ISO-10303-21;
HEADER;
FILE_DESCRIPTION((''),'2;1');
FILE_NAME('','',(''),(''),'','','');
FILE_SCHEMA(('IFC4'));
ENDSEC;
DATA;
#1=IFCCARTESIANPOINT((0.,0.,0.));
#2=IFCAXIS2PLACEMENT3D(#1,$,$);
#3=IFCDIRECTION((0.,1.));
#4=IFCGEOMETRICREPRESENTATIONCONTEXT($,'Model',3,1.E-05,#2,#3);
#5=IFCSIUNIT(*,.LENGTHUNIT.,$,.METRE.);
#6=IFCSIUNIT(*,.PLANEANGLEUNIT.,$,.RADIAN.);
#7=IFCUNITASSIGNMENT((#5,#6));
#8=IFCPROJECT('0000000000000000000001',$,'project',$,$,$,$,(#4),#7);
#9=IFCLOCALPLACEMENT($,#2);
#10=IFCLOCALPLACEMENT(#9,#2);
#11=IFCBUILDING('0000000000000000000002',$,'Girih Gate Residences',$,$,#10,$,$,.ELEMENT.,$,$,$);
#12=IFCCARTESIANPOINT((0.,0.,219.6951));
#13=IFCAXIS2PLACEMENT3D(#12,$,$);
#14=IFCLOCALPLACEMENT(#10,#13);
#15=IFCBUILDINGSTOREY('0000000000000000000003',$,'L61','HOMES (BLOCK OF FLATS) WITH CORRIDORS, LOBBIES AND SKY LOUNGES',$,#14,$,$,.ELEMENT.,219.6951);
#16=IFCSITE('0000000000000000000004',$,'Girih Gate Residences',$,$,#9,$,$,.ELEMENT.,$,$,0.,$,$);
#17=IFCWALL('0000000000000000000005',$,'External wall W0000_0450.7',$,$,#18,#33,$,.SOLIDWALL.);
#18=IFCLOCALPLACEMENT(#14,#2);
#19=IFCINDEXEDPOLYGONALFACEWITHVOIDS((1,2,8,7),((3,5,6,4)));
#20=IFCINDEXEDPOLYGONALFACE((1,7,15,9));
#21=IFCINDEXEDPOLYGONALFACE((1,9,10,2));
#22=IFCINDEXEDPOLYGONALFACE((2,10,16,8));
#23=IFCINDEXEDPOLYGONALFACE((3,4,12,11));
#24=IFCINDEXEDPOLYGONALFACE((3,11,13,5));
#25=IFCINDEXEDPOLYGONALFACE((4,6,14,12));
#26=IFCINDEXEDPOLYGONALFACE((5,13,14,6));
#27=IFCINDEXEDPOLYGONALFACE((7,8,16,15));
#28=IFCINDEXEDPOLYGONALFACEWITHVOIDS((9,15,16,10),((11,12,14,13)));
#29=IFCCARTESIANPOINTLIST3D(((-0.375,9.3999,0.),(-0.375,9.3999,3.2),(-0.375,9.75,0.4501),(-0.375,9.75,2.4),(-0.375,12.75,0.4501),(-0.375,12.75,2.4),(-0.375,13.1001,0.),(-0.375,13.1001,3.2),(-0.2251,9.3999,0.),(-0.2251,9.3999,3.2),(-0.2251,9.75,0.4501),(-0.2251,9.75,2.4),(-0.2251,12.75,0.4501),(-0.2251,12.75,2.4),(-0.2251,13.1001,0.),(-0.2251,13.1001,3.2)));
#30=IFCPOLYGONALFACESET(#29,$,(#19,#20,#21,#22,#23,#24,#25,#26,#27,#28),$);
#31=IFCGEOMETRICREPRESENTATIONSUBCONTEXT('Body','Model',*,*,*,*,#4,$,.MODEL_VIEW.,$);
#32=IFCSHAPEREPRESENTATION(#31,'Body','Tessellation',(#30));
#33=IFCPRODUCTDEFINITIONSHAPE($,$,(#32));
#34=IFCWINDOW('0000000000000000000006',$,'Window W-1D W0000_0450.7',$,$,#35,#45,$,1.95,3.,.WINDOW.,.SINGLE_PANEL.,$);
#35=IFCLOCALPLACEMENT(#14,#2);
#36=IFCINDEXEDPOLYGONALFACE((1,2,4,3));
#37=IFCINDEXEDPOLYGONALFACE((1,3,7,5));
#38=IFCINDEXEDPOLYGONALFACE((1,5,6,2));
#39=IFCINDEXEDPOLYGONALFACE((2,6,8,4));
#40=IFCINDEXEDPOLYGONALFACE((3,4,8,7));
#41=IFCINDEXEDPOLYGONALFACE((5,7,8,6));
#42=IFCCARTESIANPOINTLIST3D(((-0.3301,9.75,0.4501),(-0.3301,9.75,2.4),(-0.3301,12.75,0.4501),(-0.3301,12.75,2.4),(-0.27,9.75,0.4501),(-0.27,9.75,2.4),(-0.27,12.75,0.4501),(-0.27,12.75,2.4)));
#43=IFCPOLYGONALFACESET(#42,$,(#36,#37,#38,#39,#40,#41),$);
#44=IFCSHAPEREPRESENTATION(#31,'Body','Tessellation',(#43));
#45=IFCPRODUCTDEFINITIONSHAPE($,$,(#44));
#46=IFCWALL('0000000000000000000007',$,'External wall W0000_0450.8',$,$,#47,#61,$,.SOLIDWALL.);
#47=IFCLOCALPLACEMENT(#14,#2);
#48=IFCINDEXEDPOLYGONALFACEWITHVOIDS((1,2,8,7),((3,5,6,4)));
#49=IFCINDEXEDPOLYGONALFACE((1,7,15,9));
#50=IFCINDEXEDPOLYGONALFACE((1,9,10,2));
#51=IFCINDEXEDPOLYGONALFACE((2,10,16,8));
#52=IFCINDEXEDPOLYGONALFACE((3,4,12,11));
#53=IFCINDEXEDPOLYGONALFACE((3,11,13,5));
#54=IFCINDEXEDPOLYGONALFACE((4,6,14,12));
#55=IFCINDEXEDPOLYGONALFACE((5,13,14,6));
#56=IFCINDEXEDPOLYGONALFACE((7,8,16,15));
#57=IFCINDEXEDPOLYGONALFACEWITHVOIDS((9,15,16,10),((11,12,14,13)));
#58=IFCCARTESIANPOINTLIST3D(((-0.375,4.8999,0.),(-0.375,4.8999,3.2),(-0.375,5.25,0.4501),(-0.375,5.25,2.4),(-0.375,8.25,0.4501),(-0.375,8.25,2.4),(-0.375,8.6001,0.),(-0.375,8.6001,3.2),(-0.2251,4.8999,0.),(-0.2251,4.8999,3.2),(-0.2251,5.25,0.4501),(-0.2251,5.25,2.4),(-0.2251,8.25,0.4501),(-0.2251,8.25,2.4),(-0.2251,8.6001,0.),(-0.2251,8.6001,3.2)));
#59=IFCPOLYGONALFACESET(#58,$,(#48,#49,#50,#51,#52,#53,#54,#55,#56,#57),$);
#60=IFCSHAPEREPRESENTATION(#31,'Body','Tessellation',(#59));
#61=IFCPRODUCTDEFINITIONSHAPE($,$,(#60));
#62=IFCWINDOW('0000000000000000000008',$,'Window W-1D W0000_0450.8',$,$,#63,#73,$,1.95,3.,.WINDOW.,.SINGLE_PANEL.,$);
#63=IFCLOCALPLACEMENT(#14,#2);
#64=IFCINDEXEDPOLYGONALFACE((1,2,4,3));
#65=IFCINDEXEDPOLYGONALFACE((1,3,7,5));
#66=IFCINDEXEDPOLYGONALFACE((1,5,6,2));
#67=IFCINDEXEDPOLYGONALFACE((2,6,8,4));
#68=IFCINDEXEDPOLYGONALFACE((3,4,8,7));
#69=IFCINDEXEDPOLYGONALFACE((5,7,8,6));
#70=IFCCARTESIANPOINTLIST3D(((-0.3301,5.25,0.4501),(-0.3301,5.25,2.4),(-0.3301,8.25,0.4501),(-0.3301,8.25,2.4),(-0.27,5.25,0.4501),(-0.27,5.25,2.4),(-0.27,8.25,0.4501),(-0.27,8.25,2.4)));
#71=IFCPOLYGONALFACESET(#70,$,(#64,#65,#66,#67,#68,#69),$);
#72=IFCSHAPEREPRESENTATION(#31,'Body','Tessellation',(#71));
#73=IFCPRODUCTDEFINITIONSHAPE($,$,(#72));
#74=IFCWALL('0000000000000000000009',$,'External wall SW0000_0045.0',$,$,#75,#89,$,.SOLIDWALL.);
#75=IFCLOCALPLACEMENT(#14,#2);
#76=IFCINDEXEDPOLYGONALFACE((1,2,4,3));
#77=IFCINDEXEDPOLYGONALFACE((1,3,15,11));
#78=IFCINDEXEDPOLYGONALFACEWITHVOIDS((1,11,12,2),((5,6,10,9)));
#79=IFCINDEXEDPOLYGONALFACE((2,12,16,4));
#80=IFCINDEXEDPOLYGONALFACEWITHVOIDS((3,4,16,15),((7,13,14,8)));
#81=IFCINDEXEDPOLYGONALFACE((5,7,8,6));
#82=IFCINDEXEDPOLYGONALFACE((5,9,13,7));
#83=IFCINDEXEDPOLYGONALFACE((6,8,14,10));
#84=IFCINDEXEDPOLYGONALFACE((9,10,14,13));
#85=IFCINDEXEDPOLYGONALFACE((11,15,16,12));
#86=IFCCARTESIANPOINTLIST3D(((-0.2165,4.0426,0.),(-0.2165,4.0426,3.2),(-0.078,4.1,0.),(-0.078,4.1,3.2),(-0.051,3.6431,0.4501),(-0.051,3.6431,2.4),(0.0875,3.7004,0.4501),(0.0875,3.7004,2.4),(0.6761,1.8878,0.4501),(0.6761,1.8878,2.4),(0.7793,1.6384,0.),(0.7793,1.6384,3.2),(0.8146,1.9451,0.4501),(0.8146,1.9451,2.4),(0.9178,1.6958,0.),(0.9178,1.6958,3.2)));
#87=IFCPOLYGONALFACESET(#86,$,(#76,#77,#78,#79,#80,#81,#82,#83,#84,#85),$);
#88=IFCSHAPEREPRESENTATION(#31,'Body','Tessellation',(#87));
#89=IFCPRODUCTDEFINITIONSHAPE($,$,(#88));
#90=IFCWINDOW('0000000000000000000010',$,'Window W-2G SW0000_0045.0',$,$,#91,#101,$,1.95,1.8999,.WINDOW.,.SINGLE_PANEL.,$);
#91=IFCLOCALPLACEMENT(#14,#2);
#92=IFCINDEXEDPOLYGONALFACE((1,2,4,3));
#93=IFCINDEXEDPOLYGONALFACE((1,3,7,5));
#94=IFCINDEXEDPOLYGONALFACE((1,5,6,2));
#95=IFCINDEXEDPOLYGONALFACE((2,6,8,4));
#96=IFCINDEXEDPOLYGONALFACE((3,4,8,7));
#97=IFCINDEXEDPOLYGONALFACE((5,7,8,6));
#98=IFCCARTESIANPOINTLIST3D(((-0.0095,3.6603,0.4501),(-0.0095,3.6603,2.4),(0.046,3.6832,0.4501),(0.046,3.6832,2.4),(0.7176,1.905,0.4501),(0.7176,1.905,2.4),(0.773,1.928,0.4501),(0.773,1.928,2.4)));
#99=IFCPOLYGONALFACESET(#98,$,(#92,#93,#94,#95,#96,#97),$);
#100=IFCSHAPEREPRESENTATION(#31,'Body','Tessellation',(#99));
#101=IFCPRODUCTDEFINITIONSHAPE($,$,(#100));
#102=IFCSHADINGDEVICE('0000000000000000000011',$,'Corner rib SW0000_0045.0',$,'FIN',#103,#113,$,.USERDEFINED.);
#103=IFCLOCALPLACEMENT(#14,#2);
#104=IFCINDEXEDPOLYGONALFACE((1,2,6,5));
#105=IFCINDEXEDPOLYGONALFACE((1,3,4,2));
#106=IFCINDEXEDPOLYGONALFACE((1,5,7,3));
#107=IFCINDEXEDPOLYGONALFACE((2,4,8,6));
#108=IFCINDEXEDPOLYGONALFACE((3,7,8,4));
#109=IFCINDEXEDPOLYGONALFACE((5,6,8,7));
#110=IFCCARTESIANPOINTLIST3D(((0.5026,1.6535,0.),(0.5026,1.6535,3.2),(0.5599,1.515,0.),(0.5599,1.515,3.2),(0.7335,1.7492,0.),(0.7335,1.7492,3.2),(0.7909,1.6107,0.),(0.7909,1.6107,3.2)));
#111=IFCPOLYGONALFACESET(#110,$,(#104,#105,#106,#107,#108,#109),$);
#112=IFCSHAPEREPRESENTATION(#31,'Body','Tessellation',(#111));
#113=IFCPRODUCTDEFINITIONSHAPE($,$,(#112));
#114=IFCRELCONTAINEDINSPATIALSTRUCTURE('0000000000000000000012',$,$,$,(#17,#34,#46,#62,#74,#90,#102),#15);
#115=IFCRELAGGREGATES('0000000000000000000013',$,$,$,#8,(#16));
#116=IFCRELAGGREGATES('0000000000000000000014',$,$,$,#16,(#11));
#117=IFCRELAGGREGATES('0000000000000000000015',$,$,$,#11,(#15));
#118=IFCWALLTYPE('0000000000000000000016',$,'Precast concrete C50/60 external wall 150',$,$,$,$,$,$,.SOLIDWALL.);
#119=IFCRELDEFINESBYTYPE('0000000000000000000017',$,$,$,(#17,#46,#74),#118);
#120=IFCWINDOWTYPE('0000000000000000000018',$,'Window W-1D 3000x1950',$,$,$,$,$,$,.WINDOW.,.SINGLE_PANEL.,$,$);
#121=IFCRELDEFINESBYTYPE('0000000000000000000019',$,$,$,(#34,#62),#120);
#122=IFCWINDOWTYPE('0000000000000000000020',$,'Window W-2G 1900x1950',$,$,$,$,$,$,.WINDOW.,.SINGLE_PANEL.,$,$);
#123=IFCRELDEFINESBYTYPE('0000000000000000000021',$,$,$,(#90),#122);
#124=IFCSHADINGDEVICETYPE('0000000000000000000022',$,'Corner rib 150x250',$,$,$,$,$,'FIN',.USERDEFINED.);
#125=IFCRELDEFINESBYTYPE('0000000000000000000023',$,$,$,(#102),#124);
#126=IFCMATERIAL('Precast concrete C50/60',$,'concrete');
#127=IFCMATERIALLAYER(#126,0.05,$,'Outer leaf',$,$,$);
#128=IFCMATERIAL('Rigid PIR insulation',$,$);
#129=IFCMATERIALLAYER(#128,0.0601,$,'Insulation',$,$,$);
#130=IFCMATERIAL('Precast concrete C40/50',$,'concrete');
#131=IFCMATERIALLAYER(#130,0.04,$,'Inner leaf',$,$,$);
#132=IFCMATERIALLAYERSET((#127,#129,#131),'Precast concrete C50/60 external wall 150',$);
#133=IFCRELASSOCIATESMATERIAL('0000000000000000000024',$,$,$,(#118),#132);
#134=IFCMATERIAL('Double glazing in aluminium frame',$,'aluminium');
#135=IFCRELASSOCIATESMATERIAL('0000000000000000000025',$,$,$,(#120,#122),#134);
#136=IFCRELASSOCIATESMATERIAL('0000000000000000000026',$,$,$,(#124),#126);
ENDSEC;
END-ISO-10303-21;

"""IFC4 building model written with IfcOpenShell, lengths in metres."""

from ifc_helpers import new_model, si_unit, direction, frame, frame_2d, origin, origin_2d, place, context, subcontext, project, spatial, rectangle, extrude, material, layer, layer_set, type_object, element, fill, save


model = new_model("IFC4")

# Units and contexts
model_context = context("Model", 3, precision=1e-05, world=origin(), true_north=direction((0.0, 1.0)))
body_context = subcontext(model_context, "Body", "Model", "MODEL_VIEW")
ifc_project = project(units=[si_unit("LENGTHUNIT", "METRE"), si_unit("PLANEANGLEUNIT", "RADIAN")], contexts=[model_context])

# Site, building, storey
site_placement = place(None, origin())
site = spatial("IfcSite", under=ifc_project, at=site_placement, Name="Girih Gate Residences", CompositionType="ELEMENT", RefElevation=0.0)
building_placement = place(site_placement, origin())
building = spatial("IfcBuilding", under=site, at=building_placement, Name="Girih Gate Residences", CompositionType="ELEMENT")
storey_placement = place(building_placement, frame((0.0, 0.0, 219.6951)))
storey = spatial("IfcBuildingStorey", under=building, at=storey_placement, Name="L61", Description="HOMES (BLOCK OF FLATS) WITH CORRIDORS, LOBBIES AND SKY LOUNGES", CompositionType="ELEMENT", Elevation=219.6951)

# Walls, openings, windows
ifc_material_1 = material(Name="Precast concrete C50/60", Category="concrete")
ifc_layer_1 = layer(ifc_material_1, 0.05, Name="Outer leaf")
ifc_material_2 = material(Name="Rigid PIR insulation")
ifc_layer_2 = layer(ifc_material_2, 0.0601, Name="Insulation")
ifc_material_3 = material(Name="Precast concrete C40/50", Category="concrete")
ifc_layer_3 = layer(ifc_material_3, 0.04, Name="Inner leaf")
ifc_layer_set_1 = layer_set([ifc_layer_1, ifc_layer_2, ifc_layer_3], Name="Precast concrete C50/60 external wall 150")
wall_type = type_object("IfcWallType", Name="Precast concrete C50/60 external wall 150", PredefinedType="SOLIDWALL", material=ifc_layer_set_1)
wall_1_placement = place(storey_placement, frame((-0.3, 9.3999, 0.0), z_axis=(0.0, 0.0, 1.0), x_axis=(0.0, 1.0, 0.0)))
wall_1 = element("IfcWall", 1, at=wall_1_placement, inside=storey, type_object=wall_type, Name="External wall W0000_0450.7", PredefinedType="SOLIDWALL", context=body_context, shape_type="SweptSolid", body=[
    extrude(rectangle(XDim=3.7002, YDim=0.1499, at=frame_2d((1.8501, 0.0))), origin(), (0.0, 0.0, 1.0), 3.2),
])
opening_1_placement = place(wall_1_placement, frame((0.3501, 0.0, 0.45)))
opening_1 = element("IfcOpeningElement", 2, at=opening_1_placement, cuts=wall_1, PredefinedType="OPENING", context=body_context, shape_type="SweptSolid", body=[
    extrude(rectangle(XDim=3.0, YDim=1.95, at=frame_2d((1.5, 0.9751))), frame((0.0, 0.085, 0.0), z_axis=(0.0, -1.0, 0.0), x_axis=(1.0, 0.0, 0.0)), (0.0, 0.0, 1.0), 0.1699),
])
ifc_material_4 = material(Name="Double glazing in aluminium frame", Category="aluminium")
window_type_1 = type_object("IfcWindowType", Name="Window W-1D 3000x1950", PartitioningType="SINGLE_PANEL", PredefinedType="WINDOW", material=ifc_material_4)
window_1_placement = place(opening_1_placement, origin())
window_1 = element("IfcWindow", 3, at=window_1_placement, inside=storey, type_object=window_type_1, Name="Window W-1D W0000_0450.7", OverallHeight=1.95, OverallWidth=3.0, PartitioningType="SINGLE_PANEL", PredefinedType="WINDOW", context=body_context, shape_type="SweptSolid", body=[
    extrude(rectangle(XDim=3.0, YDim=1.95, at=frame_2d((1.5, 0.9751))), frame((0.0, 0.03, 0.0), z_axis=(0.0, -1.0, 0.0), x_axis=(1.0, 0.0, 0.0)), (0.0, 0.0, 1.0), 0.0601),
])
fill(opening_1, window_1)
wall_2_placement = place(storey_placement, frame((-0.3, 4.8999, 0.0), z_axis=(0.0, 0.0, 1.0), x_axis=(0.0, 1.0, 0.0)))
wall_2 = element("IfcWall", 4, at=wall_2_placement, inside=storey, type_object=wall_type, Name="External wall W0000_0450.8", PredefinedType="SOLIDWALL", context=body_context, shape_type="SweptSolid", body=[
    extrude(rectangle(XDim=3.7002, YDim=0.1499, at=frame_2d((1.8501, 0.0))), origin(), (0.0, 0.0, 1.0), 3.2),
])
opening_2_placement = place(wall_2_placement, frame((0.3501, 0.0, 0.45)))
opening_2 = element("IfcOpeningElement", 5, at=opening_2_placement, cuts=wall_2, PredefinedType="OPENING", context=body_context, shape_type="SweptSolid", body=[
    extrude(rectangle(XDim=3.0, YDim=1.95, at=frame_2d((1.5, 0.9751))), frame((0.0, 0.085, 0.0), z_axis=(0.0, -1.0, 0.0), x_axis=(1.0, 0.0, 0.0)), (0.0, 0.0, 1.0), 0.1699),
])
window_2_placement = place(opening_2_placement, origin())
window_2 = element("IfcWindow", 6, at=window_2_placement, inside=storey, type_object=window_type_1, Name="Window W-1D W0000_0450.8", OverallHeight=1.95, OverallWidth=3.0, PartitioningType="SINGLE_PANEL", PredefinedType="WINDOW", context=body_context, shape_type="SweptSolid", body=[
    extrude(rectangle(XDim=3.0, YDim=1.95, at=frame_2d((1.5, 0.9751))), frame((0.0, 0.03, 0.0), z_axis=(0.0, -1.0, 0.0), x_axis=(1.0, 0.0, 0.0)), (0.0, 0.0, 1.0), 0.0601),
])
fill(opening_2, window_2)
wall_3_placement = place(storey_placement, frame((0.8486, 1.667, 0.0), z_axis=(0.0, 0.0, 1.0), x_axis=(-0.382669, 0.923885, 0.0)))
wall_3 = element("IfcWall", 7, at=wall_3_placement, inside=storey, type_object=wall_type, Name="External wall SW0000_0045.0", PredefinedType="SOLIDWALL", context=body_context, shape_type="SweptSolid", body=[
    extrude(rectangle(XDim=2.6023, YDim=0.1499, at=frame_2d((1.3013, 0.0))), origin(), (0.0, 0.0, 1.0), 3.2),
])
opening_3_placement = place(wall_3_placement, frame((0.27, 0.0, 0.45)))
opening_3 = element("IfcOpeningElement", 8, at=opening_3_placement, cuts=wall_3, PredefinedType="OPENING", context=body_context, shape_type="SweptSolid", body=[
    extrude(rectangle(XDim=1.8999, YDim=1.95, at=frame_2d((0.95, 0.9751))), frame((0.0, 0.085, 0.0), z_axis=(0.0, -1.0, 0.0), x_axis=(1.0, 0.0, 0.0)), (0.0, 0.0, 1.0), 0.1699),
])
window_type_2 = type_object("IfcWindowType", Name="Window W-2G 1900x1950", PartitioningType="SINGLE_PANEL", PredefinedType="WINDOW", material=ifc_material_4)
window_3_placement = place(opening_3_placement, origin())
window_3 = element("IfcWindow", 9, at=window_3_placement, inside=storey, type_object=window_type_2, Name="Window W-2G SW0000_0045.0", OverallHeight=1.95, OverallWidth=1.8999, PartitioningType="SINGLE_PANEL", PredefinedType="WINDOW", context=body_context, shape_type="SweptSolid", body=[
    extrude(rectangle(XDim=1.8999, YDim=1.95, at=frame_2d((0.95, 0.9751))), frame((0.0, 0.03, 0.0), z_axis=(0.0, -1.0, 0.0), x_axis=(1.0, 0.0, 0.0)), (0.0, 0.0, 1.0), 0.0601),
])
fill(opening_3, window_3)

# Shading device
shading_device_type = type_object("IfcShadingDeviceType", Name="Corner rib 150x250", ElementType="FIN", PredefinedType="USERDEFINED", material=ifc_material_1)
shading_device_placement = place(storey_placement, frame((0.6467, 1.6321, 0.0), z_axis=(0.0, 0.0, 1.0), x_axis=(0.382683, -0.92388, 0.0)))
element("IfcShadingDevice", 10, at=shading_device_placement, inside=storey, type_object=shading_device_type, Name="Corner rib SW0000_0045.0", ObjectType="FIN", PredefinedType="USERDEFINED", context=body_context, shape_type="SweptSolid", body=[
    extrude(rectangle(XDim=0.1499, YDim=0.25, at=origin_2d()), origin(), (0.0, 0.0, 1.0), 3.2),
])

save(model, "model.ifc")
